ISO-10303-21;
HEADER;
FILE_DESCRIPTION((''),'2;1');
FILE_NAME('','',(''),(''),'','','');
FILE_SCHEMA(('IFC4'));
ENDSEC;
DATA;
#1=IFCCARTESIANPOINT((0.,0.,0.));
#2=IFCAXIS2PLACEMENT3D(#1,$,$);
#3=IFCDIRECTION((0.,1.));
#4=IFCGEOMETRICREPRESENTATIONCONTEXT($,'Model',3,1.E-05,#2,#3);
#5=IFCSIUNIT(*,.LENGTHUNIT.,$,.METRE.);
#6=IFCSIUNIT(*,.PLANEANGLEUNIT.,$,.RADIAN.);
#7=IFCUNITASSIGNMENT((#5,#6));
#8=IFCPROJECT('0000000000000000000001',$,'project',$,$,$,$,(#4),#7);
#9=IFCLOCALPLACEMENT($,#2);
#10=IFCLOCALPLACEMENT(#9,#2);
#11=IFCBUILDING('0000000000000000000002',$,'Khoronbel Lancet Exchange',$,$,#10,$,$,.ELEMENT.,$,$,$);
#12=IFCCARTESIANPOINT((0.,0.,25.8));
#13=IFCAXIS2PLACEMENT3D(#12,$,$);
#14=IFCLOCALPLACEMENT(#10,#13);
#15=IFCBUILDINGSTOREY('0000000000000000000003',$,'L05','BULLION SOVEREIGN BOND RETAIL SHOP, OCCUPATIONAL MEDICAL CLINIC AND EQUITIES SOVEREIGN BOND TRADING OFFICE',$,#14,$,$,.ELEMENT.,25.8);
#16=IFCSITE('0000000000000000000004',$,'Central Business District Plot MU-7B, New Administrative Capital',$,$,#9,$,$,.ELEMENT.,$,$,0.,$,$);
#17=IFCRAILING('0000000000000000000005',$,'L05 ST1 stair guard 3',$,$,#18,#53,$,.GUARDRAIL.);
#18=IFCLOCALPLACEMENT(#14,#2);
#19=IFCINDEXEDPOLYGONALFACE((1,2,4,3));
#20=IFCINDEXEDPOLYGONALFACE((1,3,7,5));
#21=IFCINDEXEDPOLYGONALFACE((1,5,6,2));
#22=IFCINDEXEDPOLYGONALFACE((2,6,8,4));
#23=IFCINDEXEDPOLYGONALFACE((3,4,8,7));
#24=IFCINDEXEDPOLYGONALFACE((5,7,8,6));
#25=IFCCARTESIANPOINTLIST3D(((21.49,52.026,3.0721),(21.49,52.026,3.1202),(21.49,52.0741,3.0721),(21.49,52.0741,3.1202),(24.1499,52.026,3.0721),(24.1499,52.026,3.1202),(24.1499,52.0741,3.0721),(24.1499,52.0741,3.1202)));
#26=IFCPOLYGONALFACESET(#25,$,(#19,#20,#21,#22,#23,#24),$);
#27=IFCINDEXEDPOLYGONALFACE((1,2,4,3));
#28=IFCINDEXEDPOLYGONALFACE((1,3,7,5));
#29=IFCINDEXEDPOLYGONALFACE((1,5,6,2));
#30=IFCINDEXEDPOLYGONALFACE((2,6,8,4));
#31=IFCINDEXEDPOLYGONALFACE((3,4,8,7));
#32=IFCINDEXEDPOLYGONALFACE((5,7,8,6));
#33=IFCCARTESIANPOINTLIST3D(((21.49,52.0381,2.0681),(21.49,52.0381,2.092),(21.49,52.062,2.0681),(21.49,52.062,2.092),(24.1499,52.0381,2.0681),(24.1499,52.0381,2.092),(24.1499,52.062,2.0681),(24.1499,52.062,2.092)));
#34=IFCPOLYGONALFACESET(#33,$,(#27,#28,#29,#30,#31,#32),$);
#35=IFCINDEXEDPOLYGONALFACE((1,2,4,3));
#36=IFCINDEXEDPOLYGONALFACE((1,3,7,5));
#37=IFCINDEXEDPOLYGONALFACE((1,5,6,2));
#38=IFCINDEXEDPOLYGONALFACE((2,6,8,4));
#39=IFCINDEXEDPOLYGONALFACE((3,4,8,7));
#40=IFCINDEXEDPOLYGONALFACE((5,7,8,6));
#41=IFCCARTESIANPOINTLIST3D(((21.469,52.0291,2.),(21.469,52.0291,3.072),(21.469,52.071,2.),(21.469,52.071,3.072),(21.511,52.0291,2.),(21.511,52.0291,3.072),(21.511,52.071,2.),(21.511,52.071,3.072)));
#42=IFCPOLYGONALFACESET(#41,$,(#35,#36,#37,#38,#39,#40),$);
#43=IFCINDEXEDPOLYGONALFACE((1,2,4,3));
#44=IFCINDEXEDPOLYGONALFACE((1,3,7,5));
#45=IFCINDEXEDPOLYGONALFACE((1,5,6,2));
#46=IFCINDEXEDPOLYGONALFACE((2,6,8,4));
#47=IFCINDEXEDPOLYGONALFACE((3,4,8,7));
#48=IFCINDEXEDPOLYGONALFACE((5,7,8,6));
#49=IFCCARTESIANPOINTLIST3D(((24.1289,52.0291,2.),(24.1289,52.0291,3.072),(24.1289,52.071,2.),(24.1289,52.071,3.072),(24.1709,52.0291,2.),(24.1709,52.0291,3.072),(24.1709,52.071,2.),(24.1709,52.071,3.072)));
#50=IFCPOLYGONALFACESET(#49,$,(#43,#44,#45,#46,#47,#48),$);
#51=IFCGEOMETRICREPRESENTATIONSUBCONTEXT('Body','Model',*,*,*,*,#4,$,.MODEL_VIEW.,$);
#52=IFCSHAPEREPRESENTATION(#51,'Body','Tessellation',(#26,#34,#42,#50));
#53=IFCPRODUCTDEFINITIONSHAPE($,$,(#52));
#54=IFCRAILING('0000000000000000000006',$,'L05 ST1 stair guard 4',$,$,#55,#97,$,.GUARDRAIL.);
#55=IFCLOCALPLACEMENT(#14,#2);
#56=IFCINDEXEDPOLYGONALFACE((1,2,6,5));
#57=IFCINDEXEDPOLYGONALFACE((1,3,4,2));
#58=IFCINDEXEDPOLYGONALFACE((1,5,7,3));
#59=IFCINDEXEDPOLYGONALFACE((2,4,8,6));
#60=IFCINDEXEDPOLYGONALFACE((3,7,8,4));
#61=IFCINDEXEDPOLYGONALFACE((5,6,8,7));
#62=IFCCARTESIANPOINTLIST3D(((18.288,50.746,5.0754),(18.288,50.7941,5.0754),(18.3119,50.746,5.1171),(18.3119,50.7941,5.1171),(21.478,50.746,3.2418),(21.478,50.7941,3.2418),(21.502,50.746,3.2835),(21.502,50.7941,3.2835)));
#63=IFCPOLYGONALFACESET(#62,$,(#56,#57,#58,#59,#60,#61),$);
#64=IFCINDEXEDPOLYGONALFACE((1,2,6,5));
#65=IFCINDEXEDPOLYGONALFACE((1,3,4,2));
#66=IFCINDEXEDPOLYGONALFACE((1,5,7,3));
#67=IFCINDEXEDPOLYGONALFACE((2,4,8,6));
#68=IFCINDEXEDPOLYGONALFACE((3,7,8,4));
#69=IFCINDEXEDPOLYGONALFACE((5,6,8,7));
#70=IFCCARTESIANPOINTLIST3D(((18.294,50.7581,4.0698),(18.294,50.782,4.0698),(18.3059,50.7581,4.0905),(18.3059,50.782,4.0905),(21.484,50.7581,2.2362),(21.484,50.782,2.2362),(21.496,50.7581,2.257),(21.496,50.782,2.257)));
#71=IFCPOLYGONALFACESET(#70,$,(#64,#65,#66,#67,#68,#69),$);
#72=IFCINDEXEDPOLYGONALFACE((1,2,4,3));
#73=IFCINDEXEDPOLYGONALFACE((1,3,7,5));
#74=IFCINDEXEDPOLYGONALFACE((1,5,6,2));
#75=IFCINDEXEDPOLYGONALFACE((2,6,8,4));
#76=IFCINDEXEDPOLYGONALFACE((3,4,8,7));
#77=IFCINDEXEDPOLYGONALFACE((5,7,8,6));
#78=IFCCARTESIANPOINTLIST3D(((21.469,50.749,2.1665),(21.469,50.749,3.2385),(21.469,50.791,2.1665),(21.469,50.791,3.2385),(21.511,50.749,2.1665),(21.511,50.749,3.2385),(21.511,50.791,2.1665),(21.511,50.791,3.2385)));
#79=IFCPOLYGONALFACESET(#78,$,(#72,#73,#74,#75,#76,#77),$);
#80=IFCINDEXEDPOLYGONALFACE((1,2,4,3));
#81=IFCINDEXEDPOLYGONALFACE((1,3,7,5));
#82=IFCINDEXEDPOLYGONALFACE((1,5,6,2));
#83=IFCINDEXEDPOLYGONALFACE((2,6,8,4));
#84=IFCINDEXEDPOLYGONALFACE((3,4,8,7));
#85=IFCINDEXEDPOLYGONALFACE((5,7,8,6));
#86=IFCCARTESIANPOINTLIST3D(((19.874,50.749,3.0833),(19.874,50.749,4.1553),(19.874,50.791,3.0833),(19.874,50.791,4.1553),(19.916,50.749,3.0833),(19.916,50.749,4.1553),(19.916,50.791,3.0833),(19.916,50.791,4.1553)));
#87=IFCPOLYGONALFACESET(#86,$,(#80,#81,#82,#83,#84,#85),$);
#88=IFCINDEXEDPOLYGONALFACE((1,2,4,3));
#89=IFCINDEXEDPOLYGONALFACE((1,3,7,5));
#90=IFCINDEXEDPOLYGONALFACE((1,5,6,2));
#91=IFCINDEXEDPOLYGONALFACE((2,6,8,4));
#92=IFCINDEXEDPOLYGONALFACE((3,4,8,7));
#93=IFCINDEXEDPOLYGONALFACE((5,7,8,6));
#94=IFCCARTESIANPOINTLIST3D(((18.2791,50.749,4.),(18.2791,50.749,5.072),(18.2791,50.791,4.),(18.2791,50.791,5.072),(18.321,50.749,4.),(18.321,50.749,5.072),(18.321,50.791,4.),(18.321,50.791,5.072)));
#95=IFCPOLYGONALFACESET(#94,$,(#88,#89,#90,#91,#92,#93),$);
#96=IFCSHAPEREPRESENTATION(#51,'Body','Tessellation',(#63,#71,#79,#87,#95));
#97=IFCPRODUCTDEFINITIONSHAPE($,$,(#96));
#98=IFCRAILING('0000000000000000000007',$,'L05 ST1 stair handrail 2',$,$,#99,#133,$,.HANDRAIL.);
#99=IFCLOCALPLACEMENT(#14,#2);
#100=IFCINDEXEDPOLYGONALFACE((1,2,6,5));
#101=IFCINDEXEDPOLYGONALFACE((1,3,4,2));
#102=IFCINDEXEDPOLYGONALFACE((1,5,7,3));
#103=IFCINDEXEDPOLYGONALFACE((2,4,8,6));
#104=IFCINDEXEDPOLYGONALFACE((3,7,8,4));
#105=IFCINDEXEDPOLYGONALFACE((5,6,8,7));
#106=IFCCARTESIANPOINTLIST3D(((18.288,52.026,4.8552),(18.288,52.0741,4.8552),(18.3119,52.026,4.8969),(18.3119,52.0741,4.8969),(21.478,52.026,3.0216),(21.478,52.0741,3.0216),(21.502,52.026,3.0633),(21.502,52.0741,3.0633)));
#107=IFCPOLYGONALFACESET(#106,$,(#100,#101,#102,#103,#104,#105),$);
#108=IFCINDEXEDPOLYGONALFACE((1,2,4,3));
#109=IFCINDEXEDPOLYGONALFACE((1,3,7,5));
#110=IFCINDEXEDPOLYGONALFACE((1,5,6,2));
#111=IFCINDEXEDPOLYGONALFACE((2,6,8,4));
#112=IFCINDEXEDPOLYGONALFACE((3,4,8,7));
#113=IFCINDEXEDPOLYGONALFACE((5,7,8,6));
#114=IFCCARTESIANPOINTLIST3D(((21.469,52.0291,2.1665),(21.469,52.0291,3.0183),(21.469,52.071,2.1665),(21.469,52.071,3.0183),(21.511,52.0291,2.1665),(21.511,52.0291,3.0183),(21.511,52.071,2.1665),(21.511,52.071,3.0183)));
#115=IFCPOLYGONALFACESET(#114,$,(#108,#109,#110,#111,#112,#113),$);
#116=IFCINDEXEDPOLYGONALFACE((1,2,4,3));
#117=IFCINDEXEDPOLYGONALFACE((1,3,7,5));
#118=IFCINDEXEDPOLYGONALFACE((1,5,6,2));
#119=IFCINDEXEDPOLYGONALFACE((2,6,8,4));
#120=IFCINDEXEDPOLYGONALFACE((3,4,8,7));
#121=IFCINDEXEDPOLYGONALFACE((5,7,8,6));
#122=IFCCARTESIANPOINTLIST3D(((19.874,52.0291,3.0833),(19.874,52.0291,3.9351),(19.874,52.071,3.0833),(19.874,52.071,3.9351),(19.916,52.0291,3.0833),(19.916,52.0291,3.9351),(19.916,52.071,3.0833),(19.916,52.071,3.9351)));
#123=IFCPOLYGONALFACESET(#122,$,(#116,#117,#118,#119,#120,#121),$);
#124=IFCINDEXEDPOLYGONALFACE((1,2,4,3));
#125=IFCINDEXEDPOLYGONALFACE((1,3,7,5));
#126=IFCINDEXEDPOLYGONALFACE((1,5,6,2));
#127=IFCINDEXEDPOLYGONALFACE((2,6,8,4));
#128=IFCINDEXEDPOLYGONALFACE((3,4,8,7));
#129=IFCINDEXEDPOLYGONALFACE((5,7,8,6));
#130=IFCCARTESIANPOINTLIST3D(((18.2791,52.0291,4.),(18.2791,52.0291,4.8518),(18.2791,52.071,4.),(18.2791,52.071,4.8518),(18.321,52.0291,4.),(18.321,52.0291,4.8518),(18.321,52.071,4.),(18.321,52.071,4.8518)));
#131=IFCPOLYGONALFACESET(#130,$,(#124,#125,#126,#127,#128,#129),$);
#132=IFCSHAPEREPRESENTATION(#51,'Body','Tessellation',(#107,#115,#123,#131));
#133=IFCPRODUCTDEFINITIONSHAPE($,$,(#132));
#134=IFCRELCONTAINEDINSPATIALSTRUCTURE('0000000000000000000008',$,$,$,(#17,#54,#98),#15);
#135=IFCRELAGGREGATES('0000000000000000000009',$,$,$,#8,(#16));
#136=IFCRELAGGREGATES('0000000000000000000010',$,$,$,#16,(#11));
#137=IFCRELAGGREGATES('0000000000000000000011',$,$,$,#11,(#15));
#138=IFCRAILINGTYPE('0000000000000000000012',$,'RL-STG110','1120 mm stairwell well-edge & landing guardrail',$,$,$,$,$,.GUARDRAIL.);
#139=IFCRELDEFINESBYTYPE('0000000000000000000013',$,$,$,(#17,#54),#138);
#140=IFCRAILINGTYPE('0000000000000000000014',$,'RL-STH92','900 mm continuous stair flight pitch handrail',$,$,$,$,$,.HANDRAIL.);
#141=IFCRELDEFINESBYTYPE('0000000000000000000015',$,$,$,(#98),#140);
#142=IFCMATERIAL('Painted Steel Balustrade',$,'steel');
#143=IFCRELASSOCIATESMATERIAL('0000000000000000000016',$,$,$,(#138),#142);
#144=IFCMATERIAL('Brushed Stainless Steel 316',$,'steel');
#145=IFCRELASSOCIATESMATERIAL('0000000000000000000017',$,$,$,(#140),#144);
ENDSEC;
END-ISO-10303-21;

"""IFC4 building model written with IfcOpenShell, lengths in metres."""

from ifc_helpers import new_model, si_unit, direction, frame, origin, origin_2d, place, context, subcontext, project, spatial, rectangle, extrude, material, type_object, element, save


model = new_model("IFC4")

# Units and contexts
model_context = context("Model", 3, precision=1e-05, world=origin(), true_north=direction((0.0, 1.0)))
body_context = subcontext(model_context, "Body", "Model", "MODEL_VIEW")
ifc_project = project(units=[si_unit("LENGTHUNIT", "METRE"), si_unit("PLANEANGLEUNIT", "RADIAN")], contexts=[model_context])

# Site, building, storey
site_placement = place(None, origin())
site = spatial("IfcSite", under=ifc_project, at=site_placement, Name="Central Business District Plot MU-7B, New Administrative Capital", CompositionType="ELEMENT", RefElevation=0.0)
building_placement = place(site_placement, origin())
building = spatial("IfcBuilding", under=site, at=building_placement, Name="Khoronbel Lancet Exchange", CompositionType="ELEMENT")
storey_placement = place(building_placement, frame((0.0, 0.0, 25.8)))
storey = spatial("IfcBuildingStorey", under=building, at=storey_placement, Name="L05", Description="BULLION SOVEREIGN BOND RETAIL SHOP, OCCUPATIONAL MEDICAL CLINIC AND EQUITIES SOVEREIGN BOND TRADING OFFICE", CompositionType="ELEMENT", Elevation=25.8)

# Railings
ifc_material_1 = material(Name="Painted Steel Balustrade", Category="steel")
railing_type_1 = type_object("IfcRailingType", Name="RL-STG110", Description="1120 mm stairwell well-edge & landing guardrail", PredefinedType="GUARDRAIL", material=ifc_material_1)
railing_1_placement = place(storey_placement, frame((21.49, 52.05, 2.0)))
element("IfcRailing", 1, at=railing_1_placement, inside=storey, type_object=railing_type_1, Name="L05 ST1 stair guard 3", PredefinedType="GUARDRAIL", context=body_context, shape_type="SweptSolid", body=[
    extrude(rectangle(XDim=0.0481, YDim=0.0481, at=origin_2d()), frame((0.0, 0.0, 1.0962), z_axis=(1.0, 0.0, 0.0), x_axis=(0.0, 1.0, 0.0)), (0.0, 0.0, 1.0), 2.6599),
    extrude(rectangle(XDim=0.0239, YDim=0.0239, at=origin_2d()), frame((0.0, 0.0, 0.0801), z_axis=(1.0, 0.0, 0.0), x_axis=(0.0, 1.0, 0.0)), (0.0, 0.0, 1.0), 2.6599),
    extrude(rectangle(XDim=0.042, YDim=0.042, at=origin_2d()), origin(), (0.0, 0.0, 1.0), 1.072),
    extrude(rectangle(XDim=0.042, YDim=0.042, at=origin_2d()), frame((2.6599, 0.0, 0.0)), (0.0, 0.0, 1.0), 1.072),
])
railing_2_placement = place(storey_placement, frame((21.49, 50.77, 2.1665)))
element("IfcRailing", 2, at=railing_2_placement, inside=storey, type_object=railing_type_1, Name="L05 ST1 stair guard 4", PredefinedType="GUARDRAIL", context=body_context, shape_type="SweptSolid", body=[
    extrude(rectangle(XDim=0.0481, YDim=0.0481, at=origin_2d()), frame((0.0, 0.0, 1.0962), z_axis=(-0.866991, 0.0, 0.498324), x_axis=(0.0, -1.0, 0.0)), (0.0, 0.0, 1.0), 3.6794),
    extrude(rectangle(XDim=0.0239, YDim=0.0239, at=origin_2d()), frame((0.0, 0.0, 0.0801), z_axis=(-0.866991, 0.0, 0.498324), x_axis=(0.0, -1.0, 0.0)), (0.0, 0.0, 1.0), 3.6794),
    extrude(rectangle(XDim=0.042, YDim=0.042, at=origin_2d()), origin(), (0.0, 0.0, 1.0), 1.072),
    extrude(rectangle(XDim=0.042, YDim=0.042, at=origin_2d()), frame((-1.595, 0.0, 0.9167)), (0.0, 0.0, 1.0), 1.072),
    extrude(rectangle(XDim=0.042, YDim=0.042, at=origin_2d()), frame((-3.1899, 0.0, 1.8335)), (0.0, 0.0, 1.0), 1.072),
])
ifc_material_2 = material(Name="Brushed Stainless Steel 316", Category="steel")
railing_type_2 = type_object("IfcRailingType", Name="RL-STH92", Description="900 mm continuous stair flight pitch handrail", PredefinedType="HANDRAIL", material=ifc_material_2)
railing_3_placement = place(storey_placement, frame((21.49, 52.05, 2.1665)))
element("IfcRailing", 3, at=railing_3_placement, inside=storey, type_object=railing_type_2, Name="L05 ST1 stair handrail 2", PredefinedType="HANDRAIL", context=body_context, shape_type="SweptSolid", body=[
    extrude(rectangle(XDim=0.0481, YDim=0.0481, at=origin_2d()), frame((0.0, 0.0, 0.876), z_axis=(-0.866991, 0.0, 0.498324), x_axis=(0.0, -1.0, 0.0)), (0.0, 0.0, 1.0), 3.6794),
    extrude(rectangle(XDim=0.042, YDim=0.042, at=origin_2d()), origin(), (0.0, 0.0, 1.0), 0.8518),
    extrude(rectangle(XDim=0.042, YDim=0.042, at=origin_2d()), frame((-1.595, 0.0, 0.9167)), (0.0, 0.0, 1.0), 0.8518),
    extrude(rectangle(XDim=0.042, YDim=0.042, at=origin_2d()), frame((-3.1899, 0.0, 1.8335)), (0.0, 0.0, 1.0), 0.8518),
])

save(model, "model.ifc")
